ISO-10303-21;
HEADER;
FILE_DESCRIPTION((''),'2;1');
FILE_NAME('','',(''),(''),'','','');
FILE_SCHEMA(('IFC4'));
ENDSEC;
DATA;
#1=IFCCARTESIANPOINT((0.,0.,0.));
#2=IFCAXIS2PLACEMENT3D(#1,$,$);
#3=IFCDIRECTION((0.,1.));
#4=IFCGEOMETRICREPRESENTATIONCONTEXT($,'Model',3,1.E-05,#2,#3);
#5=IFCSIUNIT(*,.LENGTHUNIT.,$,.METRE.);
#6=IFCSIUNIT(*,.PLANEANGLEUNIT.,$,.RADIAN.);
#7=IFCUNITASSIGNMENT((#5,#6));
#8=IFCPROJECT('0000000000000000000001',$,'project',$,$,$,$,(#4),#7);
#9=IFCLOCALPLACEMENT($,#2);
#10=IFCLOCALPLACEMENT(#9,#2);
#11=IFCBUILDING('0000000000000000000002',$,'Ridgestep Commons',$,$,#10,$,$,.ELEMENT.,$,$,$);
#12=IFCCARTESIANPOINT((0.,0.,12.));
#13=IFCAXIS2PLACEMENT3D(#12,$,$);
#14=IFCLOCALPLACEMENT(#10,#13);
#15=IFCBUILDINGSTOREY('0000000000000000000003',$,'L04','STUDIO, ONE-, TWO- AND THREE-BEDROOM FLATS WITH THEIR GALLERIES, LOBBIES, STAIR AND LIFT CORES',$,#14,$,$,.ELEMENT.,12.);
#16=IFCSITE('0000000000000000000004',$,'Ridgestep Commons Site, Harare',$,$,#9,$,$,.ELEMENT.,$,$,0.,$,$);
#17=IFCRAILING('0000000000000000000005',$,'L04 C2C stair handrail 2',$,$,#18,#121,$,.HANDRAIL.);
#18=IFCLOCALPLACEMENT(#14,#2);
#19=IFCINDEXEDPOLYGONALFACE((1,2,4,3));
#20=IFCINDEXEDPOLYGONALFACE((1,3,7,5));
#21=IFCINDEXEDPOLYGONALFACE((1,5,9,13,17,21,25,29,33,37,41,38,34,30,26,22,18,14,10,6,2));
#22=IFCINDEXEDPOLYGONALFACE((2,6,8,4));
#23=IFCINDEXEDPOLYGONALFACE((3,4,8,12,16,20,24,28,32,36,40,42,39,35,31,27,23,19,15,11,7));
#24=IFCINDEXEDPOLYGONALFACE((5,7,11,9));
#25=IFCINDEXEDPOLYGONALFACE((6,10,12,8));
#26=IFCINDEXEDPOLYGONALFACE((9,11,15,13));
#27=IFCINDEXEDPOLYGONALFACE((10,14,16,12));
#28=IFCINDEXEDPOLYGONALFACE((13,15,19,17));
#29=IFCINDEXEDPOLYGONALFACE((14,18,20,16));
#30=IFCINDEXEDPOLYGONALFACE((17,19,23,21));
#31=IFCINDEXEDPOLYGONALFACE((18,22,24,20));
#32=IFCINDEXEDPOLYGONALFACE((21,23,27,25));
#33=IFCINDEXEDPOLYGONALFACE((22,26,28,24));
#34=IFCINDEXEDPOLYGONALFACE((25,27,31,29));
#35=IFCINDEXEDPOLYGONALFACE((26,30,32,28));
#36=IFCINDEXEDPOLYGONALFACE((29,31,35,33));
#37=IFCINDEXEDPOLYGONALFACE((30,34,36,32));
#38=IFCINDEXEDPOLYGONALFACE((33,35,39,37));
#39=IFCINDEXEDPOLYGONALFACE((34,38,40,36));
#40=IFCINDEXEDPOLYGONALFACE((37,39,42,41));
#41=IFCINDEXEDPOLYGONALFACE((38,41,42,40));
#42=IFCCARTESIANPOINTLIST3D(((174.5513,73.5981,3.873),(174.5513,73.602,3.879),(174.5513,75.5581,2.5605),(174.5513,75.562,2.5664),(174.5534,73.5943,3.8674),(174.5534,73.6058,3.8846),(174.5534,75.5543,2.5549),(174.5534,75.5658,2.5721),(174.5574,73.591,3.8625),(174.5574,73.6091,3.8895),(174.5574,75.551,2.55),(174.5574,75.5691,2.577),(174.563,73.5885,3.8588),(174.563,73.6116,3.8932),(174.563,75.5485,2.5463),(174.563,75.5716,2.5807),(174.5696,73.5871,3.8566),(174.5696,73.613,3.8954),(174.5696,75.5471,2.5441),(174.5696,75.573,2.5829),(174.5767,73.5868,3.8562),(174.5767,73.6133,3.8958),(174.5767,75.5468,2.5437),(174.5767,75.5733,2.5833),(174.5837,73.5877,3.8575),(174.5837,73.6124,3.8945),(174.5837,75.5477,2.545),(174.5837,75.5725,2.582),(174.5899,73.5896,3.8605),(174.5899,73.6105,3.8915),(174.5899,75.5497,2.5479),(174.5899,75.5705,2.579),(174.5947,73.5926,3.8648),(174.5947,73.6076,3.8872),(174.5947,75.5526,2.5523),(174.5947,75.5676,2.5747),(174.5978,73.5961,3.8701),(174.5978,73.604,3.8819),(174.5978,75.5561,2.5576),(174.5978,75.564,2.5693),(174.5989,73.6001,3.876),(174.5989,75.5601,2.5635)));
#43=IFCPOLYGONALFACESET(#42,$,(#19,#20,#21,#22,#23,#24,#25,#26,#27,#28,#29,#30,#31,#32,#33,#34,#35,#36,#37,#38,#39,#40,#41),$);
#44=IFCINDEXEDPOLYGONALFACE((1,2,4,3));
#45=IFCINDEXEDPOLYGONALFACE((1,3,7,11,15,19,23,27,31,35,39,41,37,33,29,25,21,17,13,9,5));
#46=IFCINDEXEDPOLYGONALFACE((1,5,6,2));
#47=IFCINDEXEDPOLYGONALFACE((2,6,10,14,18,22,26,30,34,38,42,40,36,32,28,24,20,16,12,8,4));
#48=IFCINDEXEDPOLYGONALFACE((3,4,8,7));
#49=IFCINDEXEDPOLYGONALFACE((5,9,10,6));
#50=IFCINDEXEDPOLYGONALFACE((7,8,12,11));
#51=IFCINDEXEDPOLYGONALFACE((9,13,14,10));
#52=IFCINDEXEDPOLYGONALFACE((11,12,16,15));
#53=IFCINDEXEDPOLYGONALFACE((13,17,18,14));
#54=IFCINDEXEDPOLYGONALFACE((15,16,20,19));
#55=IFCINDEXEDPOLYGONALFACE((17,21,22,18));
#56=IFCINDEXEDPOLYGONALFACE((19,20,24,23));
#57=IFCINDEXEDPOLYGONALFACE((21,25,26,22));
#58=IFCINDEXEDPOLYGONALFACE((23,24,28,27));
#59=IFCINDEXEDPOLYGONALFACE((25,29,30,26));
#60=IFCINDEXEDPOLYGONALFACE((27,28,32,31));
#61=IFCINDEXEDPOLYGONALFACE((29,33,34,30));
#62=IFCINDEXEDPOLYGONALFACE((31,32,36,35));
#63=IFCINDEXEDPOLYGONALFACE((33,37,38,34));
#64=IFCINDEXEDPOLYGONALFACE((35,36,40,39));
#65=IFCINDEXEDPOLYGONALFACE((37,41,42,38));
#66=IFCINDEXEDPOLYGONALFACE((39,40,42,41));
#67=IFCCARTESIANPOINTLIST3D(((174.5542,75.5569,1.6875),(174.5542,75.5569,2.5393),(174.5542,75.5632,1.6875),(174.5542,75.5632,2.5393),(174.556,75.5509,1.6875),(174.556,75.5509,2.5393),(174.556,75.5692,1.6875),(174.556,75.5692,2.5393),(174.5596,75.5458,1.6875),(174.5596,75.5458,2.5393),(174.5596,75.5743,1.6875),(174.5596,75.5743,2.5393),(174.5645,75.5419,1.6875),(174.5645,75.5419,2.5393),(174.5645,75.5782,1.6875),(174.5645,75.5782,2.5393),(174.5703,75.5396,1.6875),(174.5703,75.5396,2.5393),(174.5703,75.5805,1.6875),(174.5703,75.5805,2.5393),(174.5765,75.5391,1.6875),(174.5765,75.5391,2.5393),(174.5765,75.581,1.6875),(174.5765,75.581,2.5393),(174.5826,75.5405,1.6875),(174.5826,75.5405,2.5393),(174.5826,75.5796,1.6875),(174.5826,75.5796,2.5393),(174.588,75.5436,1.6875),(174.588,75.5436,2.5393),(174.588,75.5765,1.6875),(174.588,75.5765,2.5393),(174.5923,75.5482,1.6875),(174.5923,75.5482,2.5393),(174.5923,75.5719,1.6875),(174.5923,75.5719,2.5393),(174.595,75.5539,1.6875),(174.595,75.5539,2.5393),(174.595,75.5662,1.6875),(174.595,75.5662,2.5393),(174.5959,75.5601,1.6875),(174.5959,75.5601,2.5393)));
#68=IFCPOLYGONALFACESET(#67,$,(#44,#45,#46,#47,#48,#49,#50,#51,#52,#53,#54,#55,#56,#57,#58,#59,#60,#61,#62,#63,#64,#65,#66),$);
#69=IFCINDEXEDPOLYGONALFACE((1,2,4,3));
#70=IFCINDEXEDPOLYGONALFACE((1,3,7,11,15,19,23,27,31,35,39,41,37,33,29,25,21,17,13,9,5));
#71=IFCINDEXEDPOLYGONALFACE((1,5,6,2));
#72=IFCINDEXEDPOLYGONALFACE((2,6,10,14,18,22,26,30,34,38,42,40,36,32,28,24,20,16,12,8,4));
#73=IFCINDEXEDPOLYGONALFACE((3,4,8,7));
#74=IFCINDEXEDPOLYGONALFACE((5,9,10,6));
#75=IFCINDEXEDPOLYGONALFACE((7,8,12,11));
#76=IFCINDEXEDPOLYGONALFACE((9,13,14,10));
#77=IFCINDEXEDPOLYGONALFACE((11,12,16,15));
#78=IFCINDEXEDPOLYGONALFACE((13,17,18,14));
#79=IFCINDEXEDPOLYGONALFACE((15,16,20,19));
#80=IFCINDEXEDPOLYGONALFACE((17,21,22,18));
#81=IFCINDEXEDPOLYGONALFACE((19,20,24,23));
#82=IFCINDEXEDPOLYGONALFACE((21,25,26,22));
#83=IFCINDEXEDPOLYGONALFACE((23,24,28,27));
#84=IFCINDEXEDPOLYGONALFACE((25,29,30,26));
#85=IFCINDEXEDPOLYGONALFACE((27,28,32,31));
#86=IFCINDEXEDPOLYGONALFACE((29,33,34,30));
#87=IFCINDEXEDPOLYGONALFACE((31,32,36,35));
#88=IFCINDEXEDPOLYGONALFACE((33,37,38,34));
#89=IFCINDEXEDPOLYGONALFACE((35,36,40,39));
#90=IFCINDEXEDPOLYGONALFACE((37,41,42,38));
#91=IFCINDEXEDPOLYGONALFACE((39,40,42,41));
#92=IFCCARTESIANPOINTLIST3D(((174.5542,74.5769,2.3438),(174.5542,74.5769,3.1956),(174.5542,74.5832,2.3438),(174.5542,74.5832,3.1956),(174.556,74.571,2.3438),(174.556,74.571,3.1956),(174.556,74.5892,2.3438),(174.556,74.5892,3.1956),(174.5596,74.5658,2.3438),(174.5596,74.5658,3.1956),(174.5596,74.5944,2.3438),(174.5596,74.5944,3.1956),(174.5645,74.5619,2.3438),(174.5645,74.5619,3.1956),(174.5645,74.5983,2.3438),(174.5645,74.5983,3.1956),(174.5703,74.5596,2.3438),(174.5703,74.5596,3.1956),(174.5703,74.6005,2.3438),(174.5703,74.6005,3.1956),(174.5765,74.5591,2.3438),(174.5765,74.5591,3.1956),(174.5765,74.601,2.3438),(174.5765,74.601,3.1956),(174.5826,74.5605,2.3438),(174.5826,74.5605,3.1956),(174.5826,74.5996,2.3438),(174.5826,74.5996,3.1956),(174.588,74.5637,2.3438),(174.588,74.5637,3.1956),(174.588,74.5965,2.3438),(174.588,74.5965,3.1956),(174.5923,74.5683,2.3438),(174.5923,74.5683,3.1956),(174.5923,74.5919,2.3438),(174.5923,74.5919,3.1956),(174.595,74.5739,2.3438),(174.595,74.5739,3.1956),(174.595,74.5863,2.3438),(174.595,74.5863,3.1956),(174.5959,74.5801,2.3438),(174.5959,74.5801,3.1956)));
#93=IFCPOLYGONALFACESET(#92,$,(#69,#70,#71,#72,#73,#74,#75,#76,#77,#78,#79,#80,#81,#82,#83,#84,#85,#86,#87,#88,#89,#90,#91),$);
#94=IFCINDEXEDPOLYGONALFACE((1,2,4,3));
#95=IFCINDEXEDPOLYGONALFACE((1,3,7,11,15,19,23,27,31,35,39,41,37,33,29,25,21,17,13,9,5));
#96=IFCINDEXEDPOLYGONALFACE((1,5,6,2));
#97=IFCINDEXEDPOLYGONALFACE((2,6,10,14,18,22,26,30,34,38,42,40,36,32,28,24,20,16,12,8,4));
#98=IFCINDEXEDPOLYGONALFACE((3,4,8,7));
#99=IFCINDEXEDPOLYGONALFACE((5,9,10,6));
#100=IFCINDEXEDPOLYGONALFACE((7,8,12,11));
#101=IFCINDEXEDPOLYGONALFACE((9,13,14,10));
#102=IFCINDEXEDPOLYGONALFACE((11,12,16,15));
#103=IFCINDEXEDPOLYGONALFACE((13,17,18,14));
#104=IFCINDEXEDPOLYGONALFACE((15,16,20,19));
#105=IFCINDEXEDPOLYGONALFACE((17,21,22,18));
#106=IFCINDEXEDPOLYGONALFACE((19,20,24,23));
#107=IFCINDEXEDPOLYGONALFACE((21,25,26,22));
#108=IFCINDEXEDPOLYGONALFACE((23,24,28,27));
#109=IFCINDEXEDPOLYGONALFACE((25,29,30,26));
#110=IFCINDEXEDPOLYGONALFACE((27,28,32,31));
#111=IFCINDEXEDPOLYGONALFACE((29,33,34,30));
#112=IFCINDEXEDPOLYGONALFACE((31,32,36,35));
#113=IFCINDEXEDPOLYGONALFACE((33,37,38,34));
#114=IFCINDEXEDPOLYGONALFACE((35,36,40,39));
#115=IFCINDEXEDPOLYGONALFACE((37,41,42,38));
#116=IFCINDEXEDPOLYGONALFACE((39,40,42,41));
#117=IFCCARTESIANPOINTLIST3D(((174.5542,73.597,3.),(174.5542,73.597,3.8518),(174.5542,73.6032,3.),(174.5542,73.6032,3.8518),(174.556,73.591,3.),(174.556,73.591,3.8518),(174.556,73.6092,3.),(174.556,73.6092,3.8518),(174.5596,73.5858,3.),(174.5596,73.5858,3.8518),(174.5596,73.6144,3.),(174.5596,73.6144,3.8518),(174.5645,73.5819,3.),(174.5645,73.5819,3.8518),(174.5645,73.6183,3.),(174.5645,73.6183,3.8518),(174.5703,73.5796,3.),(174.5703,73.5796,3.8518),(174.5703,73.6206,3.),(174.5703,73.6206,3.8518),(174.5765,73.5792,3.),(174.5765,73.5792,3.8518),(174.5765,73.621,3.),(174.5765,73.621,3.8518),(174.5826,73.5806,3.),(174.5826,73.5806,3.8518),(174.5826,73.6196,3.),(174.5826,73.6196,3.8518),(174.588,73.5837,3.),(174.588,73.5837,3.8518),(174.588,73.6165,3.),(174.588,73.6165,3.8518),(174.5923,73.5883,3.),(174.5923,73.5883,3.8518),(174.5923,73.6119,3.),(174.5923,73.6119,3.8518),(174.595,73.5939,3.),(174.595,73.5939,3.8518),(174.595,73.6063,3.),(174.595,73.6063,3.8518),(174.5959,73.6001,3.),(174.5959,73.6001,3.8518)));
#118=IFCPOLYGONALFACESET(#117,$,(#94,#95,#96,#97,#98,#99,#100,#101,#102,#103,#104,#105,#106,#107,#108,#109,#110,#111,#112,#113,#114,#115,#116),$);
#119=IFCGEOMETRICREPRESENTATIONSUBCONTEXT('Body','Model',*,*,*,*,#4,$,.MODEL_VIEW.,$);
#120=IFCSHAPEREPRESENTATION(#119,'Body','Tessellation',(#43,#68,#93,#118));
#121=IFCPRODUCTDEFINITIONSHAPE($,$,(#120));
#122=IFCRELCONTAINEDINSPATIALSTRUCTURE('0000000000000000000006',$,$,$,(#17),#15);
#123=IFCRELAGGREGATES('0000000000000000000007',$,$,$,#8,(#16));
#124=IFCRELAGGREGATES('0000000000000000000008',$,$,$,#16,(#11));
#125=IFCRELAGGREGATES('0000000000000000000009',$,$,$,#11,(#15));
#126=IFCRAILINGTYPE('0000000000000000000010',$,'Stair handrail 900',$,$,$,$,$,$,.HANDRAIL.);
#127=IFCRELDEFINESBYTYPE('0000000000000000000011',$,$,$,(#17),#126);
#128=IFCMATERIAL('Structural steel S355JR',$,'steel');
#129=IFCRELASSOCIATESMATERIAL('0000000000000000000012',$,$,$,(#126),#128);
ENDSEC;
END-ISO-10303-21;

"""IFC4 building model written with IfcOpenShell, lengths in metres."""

from ifc_helpers import new_model, si_unit, direction, frame, origin, origin_2d, place, context, subcontext, project, spatial, circle, extrude, material, type_object, element, save


model = new_model("IFC4")

# Units and contexts
model_context = context("Model", 3, precision=1e-05, world=origin(), true_north=direction((0.0, 1.0)))
body_context = subcontext(model_context, "Body", "Model", "MODEL_VIEW")
ifc_project = project(units=[si_unit("LENGTHUNIT", "METRE"), si_unit("PLANEANGLEUNIT", "RADIAN")], contexts=[model_context])

# Site, building, storey
site_placement = place(None, origin())
site = spatial("IfcSite", under=ifc_project, at=site_placement, Name="Ridgestep Commons Site, Harare", CompositionType="ELEMENT", RefElevation=0.0)
building_placement = place(site_placement, origin())
building = spatial("IfcBuilding", under=site, at=building_placement, Name="Ridgestep Commons", CompositionType="ELEMENT")
storey_placement = place(building_placement, frame((0.0, 0.0, 12.0)))
storey = spatial("IfcBuildingStorey", under=building, at=storey_placement, Name="L04", Description="STUDIO, ONE-, TWO- AND THREE-BEDROOM FLATS WITH THEIR GALLERIES, LOBBIES, STAIR AND LIFT CORES", CompositionType="ELEMENT", Elevation=12.0)

# Railing
ifc_material_1 = material(Name="Structural steel S355JR", Category="steel")
railing_type_1 = type_object("IfcRailingType", Name="Stair handrail 900", PredefinedType="HANDRAIL", material=ifc_material_1)
railing_1_placement = place(storey_placement, frame((174.575, 75.5601, 1.6875)))
element("IfcRailing", 1, at=railing_1_placement, inside=storey, type_object=railing_type_1, Name="L04 C2C stair handrail 2", PredefinedType="HANDRAIL", context=body_context, shape_type="SweptSolid", body=[
    extrude(circle(Radius=0.0239, at=origin_2d()), frame((0.0, 0.0, 0.876), z_axis=(0.0, -0.830902, 0.556419), x_axis=(1.0, 0.0, 0.0)), (0.0, 0.0, 1.0), 2.3589),
    extrude(circle(Radius=0.021, at=origin_2d()), origin(), (0.0, 0.0, 1.0), 0.8518),
    extrude(circle(Radius=0.021, at=origin_2d()), frame((0.0, -0.98, 0.6562)), (0.0, 0.0, 1.0), 0.8518),
    extrude(circle(Radius=0.021, at=origin_2d()), frame((0.0, -1.96, 1.3125)), (0.0, 0.0, 1.0), 0.8518),
])

save(model, "model.ifc")
